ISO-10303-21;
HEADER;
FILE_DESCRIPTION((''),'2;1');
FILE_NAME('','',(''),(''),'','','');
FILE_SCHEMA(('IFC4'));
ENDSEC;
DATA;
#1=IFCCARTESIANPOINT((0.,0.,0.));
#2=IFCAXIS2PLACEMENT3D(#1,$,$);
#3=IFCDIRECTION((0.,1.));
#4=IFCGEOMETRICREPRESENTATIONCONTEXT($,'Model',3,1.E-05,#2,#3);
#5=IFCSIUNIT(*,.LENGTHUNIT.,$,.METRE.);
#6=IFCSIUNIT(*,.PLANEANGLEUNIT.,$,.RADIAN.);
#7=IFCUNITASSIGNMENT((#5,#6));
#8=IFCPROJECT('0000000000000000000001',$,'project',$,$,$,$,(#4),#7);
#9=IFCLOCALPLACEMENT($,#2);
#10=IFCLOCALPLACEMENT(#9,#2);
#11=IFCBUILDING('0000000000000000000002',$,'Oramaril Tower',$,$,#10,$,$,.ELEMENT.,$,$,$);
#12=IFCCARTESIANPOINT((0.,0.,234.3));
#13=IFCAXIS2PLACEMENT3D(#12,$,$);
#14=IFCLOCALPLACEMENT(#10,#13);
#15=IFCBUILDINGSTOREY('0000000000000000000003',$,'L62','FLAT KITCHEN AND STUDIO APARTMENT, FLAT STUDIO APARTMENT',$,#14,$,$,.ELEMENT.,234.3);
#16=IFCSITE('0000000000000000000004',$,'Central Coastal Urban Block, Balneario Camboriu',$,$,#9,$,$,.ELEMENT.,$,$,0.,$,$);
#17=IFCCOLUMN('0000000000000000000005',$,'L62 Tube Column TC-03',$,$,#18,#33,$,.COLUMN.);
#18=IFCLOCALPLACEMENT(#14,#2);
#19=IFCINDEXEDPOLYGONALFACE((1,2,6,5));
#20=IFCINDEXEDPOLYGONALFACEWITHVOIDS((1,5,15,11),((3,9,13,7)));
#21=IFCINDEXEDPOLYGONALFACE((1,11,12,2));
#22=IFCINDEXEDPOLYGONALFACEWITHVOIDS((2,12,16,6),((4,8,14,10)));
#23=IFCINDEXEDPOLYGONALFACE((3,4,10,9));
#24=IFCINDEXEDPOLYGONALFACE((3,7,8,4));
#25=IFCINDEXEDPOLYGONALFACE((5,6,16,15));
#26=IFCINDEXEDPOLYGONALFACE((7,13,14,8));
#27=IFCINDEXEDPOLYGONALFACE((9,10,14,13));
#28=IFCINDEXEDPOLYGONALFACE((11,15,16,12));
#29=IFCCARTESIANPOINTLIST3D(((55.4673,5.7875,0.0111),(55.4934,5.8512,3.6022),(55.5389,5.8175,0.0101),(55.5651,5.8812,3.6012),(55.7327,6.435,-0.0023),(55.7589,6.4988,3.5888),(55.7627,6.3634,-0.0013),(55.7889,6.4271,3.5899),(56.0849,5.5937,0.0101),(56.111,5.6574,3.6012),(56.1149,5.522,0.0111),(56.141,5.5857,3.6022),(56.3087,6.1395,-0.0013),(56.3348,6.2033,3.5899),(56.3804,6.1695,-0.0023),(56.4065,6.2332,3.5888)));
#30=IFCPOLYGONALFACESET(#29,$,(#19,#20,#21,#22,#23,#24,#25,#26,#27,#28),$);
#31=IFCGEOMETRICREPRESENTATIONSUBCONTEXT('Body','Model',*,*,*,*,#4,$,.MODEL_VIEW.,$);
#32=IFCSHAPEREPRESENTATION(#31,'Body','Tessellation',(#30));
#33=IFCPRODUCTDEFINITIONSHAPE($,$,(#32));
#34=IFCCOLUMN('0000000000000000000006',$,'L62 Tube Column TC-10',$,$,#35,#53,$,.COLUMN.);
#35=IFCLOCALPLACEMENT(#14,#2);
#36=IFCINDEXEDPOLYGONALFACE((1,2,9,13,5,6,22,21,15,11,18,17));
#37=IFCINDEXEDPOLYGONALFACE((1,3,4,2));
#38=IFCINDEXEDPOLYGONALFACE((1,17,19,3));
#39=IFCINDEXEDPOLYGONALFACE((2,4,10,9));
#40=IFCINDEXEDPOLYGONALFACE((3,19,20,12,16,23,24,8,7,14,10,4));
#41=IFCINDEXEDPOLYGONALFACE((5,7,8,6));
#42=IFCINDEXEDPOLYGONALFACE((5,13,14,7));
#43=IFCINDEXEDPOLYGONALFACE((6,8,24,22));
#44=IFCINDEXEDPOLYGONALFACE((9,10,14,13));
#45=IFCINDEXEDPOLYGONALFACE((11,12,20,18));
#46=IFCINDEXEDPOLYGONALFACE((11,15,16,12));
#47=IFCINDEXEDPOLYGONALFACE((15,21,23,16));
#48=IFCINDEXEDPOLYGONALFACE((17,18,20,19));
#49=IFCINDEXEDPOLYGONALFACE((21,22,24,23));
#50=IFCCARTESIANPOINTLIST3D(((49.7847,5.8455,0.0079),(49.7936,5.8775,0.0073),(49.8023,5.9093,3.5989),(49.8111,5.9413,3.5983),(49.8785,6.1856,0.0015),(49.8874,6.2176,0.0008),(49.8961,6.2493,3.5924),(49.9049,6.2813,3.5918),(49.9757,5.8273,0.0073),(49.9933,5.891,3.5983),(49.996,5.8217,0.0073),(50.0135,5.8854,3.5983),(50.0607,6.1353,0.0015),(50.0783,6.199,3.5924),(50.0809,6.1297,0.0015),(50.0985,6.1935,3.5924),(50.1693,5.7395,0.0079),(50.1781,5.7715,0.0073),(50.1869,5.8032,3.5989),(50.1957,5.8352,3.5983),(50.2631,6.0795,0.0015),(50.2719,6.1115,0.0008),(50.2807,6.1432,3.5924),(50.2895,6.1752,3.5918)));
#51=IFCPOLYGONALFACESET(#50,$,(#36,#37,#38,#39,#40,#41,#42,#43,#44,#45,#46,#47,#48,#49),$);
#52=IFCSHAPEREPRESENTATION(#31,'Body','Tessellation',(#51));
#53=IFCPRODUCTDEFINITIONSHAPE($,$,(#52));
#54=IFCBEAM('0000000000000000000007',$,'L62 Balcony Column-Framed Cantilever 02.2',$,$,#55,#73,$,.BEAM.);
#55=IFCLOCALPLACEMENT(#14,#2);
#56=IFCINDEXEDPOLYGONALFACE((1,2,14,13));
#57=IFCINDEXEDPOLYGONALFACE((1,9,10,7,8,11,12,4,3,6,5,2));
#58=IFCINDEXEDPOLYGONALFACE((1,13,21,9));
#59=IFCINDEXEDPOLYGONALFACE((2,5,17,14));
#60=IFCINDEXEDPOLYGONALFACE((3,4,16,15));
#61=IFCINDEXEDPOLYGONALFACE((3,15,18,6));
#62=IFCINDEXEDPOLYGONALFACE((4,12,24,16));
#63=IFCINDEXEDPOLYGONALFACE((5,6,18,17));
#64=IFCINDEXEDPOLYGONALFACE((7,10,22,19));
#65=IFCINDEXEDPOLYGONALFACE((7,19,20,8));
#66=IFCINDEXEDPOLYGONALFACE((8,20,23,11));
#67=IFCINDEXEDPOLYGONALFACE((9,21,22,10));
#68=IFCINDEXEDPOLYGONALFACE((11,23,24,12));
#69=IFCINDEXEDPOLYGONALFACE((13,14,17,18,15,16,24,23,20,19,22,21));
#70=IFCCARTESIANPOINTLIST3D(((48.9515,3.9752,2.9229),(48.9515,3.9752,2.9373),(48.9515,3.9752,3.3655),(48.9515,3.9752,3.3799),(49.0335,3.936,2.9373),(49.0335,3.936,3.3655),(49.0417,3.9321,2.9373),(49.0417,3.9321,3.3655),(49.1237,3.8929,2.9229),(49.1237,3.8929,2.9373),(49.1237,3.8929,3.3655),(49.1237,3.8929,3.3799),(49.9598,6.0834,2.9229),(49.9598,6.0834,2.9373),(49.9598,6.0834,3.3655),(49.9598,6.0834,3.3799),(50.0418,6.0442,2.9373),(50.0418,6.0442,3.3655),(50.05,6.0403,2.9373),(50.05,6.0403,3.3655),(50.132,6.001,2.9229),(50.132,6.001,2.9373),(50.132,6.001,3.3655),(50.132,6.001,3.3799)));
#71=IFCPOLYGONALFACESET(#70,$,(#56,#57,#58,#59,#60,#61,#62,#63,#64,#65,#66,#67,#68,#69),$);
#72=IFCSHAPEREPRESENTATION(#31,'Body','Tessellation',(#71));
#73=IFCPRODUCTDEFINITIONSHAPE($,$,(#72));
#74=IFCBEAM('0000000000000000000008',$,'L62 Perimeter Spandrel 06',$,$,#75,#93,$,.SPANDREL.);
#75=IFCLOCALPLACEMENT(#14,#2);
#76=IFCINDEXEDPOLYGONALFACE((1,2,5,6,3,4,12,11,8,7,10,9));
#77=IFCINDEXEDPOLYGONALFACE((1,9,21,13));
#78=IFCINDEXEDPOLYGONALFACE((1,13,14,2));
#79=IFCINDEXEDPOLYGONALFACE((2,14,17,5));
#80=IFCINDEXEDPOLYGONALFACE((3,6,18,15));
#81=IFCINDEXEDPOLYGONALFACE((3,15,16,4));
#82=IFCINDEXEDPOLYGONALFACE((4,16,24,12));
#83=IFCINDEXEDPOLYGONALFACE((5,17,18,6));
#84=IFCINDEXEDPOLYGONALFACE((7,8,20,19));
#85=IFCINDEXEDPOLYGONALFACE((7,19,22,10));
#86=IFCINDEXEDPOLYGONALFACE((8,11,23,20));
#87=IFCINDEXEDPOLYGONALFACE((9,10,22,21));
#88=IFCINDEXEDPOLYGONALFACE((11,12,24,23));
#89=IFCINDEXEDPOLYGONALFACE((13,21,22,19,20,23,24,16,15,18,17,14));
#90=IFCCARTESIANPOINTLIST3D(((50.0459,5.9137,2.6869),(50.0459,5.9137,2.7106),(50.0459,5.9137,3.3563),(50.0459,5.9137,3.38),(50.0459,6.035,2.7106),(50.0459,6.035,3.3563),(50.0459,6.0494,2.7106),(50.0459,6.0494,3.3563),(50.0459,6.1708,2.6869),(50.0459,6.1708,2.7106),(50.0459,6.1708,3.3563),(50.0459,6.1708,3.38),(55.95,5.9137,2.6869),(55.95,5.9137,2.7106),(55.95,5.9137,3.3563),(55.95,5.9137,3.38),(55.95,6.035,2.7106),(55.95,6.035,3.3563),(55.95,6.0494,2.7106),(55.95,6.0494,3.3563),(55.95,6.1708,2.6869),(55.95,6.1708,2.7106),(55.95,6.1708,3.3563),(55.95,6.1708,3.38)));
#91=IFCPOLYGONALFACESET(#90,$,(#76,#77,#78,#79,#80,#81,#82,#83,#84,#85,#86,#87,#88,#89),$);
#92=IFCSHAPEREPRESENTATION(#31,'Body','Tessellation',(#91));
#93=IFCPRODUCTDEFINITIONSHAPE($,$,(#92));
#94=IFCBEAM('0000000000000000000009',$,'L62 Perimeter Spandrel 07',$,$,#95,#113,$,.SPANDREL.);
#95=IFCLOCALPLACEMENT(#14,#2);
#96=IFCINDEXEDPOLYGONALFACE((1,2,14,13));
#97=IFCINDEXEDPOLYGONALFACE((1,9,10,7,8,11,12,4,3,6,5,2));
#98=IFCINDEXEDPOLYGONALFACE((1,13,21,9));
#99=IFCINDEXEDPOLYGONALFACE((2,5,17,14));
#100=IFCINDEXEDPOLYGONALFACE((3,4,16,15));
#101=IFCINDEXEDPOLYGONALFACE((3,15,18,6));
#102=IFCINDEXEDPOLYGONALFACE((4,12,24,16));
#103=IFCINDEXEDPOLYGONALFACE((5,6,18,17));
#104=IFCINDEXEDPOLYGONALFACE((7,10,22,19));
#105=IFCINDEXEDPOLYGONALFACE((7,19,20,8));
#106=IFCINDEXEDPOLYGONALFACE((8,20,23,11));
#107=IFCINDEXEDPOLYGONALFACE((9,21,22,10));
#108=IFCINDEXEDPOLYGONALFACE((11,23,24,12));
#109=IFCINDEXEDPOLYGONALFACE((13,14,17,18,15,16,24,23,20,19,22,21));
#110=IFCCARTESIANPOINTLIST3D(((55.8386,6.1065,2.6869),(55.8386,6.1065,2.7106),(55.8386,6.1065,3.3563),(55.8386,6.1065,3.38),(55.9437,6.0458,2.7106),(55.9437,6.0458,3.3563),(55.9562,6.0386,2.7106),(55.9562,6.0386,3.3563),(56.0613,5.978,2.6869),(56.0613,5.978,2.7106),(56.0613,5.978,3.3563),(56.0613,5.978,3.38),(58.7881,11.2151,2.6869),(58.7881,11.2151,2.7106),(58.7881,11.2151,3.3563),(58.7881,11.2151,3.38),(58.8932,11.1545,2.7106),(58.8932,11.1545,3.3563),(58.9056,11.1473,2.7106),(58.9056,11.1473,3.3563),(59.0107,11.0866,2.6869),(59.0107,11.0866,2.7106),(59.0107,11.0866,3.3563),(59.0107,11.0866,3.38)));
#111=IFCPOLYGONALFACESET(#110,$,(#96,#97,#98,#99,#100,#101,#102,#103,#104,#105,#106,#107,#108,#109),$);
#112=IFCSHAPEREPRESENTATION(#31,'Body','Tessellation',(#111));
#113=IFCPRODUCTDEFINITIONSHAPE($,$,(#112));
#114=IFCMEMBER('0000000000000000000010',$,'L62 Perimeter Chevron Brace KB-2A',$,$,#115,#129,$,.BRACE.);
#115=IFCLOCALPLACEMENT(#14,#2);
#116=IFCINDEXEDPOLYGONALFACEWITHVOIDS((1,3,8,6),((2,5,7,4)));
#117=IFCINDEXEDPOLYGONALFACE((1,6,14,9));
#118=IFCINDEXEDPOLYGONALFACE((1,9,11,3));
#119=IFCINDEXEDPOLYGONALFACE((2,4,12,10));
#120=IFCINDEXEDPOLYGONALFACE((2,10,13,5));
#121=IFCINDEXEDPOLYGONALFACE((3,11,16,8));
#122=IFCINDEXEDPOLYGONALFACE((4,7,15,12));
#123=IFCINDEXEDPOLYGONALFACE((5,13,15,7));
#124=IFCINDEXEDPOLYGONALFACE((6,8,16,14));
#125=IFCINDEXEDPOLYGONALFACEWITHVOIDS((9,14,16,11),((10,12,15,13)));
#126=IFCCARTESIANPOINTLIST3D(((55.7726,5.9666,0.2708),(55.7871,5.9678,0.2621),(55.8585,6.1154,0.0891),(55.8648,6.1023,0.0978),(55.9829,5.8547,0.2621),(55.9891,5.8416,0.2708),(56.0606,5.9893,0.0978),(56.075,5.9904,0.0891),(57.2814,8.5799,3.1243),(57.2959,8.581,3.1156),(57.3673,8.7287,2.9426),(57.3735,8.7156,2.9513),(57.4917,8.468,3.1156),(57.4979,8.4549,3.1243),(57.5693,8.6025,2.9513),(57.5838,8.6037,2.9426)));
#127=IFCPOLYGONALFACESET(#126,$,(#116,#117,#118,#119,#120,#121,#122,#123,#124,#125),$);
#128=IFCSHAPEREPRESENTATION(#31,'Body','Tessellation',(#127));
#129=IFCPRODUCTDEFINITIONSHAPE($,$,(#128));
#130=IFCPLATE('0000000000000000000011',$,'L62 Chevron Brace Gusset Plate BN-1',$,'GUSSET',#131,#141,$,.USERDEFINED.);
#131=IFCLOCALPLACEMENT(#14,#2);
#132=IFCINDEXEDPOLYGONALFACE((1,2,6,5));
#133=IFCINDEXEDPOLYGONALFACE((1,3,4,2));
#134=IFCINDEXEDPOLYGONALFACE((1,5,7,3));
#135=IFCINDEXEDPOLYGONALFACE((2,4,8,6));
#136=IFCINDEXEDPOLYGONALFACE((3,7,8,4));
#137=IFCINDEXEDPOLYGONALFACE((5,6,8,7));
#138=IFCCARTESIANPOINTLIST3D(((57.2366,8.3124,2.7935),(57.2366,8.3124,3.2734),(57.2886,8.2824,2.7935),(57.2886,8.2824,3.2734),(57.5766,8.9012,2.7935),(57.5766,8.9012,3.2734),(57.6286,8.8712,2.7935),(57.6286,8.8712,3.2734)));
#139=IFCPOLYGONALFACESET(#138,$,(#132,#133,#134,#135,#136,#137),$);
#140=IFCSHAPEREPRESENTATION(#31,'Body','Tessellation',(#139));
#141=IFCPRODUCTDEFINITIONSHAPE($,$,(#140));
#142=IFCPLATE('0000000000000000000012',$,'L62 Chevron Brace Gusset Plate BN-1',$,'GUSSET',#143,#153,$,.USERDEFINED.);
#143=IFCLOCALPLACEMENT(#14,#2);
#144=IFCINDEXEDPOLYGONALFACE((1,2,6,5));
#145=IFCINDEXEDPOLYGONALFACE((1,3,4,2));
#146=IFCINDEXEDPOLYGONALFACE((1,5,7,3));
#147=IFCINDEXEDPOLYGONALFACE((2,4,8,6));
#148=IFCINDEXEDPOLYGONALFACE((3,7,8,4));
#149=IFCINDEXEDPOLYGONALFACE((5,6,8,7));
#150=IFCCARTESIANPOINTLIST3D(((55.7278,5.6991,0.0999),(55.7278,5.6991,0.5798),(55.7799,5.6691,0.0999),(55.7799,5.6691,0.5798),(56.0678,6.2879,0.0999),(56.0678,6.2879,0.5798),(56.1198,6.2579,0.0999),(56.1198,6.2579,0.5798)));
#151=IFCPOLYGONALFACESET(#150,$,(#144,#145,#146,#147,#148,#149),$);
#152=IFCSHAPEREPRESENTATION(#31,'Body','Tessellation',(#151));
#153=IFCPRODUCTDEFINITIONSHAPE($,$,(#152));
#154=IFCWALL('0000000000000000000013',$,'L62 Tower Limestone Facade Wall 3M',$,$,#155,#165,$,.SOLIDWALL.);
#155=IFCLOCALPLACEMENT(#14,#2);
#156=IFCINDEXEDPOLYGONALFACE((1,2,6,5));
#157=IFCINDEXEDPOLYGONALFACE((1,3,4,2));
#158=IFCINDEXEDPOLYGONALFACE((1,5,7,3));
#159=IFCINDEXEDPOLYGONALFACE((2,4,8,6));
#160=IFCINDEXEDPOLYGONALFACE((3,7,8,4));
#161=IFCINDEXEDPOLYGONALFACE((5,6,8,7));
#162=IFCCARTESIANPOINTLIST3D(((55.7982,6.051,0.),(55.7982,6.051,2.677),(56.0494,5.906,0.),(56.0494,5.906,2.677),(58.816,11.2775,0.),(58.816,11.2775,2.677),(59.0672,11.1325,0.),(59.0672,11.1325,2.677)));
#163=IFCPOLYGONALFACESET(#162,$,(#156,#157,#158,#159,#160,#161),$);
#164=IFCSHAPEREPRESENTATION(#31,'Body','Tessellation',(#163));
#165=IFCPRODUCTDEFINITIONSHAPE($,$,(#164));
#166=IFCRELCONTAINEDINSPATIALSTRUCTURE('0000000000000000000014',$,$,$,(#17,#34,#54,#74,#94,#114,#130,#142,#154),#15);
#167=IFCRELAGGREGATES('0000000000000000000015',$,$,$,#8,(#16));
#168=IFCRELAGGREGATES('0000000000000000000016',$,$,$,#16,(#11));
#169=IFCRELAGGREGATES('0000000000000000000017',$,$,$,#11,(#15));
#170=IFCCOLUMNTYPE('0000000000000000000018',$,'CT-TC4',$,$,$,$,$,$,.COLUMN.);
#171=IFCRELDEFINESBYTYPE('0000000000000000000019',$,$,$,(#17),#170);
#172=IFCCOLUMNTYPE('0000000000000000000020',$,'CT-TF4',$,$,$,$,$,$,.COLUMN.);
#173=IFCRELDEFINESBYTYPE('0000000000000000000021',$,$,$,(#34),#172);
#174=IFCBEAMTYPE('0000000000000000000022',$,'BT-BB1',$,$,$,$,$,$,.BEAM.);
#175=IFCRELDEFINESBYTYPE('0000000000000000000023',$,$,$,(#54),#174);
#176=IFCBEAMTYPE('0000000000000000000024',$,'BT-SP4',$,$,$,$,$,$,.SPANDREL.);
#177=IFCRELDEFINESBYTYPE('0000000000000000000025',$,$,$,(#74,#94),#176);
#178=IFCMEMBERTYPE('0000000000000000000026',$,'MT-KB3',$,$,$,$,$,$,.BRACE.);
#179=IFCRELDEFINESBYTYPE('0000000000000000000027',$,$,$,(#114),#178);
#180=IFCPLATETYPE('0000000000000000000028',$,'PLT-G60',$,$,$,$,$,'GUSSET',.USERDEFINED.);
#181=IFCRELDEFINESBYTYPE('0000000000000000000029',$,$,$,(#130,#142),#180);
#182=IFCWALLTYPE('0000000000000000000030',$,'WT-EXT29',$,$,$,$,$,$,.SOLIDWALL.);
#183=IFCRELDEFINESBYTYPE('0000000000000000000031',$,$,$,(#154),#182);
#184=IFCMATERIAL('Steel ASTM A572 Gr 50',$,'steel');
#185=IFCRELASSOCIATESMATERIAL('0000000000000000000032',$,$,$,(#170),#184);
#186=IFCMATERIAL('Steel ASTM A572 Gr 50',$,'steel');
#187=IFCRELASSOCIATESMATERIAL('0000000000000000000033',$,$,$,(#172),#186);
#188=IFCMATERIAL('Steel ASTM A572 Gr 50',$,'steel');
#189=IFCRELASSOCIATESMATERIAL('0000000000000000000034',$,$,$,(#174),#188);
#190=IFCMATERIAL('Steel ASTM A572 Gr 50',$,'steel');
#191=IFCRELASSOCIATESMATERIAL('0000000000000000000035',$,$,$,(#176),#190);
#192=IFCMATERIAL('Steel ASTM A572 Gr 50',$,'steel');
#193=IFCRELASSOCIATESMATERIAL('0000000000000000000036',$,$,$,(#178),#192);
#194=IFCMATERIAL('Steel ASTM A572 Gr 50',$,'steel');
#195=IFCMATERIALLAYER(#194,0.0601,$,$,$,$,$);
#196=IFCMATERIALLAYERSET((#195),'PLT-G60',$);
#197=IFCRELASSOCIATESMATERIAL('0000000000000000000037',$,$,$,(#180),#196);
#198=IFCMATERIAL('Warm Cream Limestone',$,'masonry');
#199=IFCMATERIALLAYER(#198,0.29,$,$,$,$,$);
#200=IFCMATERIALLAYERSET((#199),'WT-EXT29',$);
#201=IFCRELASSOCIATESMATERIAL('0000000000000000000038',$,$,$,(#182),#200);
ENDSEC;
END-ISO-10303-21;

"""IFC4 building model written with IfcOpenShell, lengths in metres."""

from ifc_helpers import new_model, si_unit, direction, frame, frame_2d, origin, origin_2d, place, context, subcontext, project, spatial, rectangle, hollow_rectangle, i_section, extrude, material, layer, layer_set, material_profile, profile_set, type_object, element, save


model = new_model("IFC4")

# Units and contexts
model_context = context("Model", 3, precision=1e-05, world=origin(), true_north=direction((0.0, 1.0)))
body_context = subcontext(model_context, "Body", "Model", "MODEL_VIEW")
ifc_project = project(units=[si_unit("LENGTHUNIT", "METRE"), si_unit("PLANEANGLEUNIT", "RADIAN")], contexts=[model_context])

# Site, building, storey
site_placement = place(None, origin())
site = spatial("IfcSite", under=ifc_project, at=site_placement, Name="Central Coastal Urban Block, Balneario Camboriu", CompositionType="ELEMENT", RefElevation=0.0)
building_placement = place(site_placement, origin())
building = spatial("IfcBuilding", under=site, at=building_placement, Name="Oramaril Tower", CompositionType="ELEMENT")
storey_placement = place(building_placement, frame((0.0, 0.0, 234.3)))
storey = spatial("IfcBuildingStorey", under=building, at=storey_placement, Name="L62", Description="FLAT KITCHEN AND STUDIO APARTMENT, FLAT STUDIO APARTMENT", CompositionType="ELEMENT", Elevation=234.3)

# Columns
ifc_material_1 = material(Name="Steel ASTM A572 Gr 50", Category="steel")
ifc_material_profile_1 = material_profile(ifc_material_1, hollow_rectangle(XDim=0.7, YDim=0.7, WallThickness=0.0549, at=origin_2d()), Name="BOX700X700X55")
ifc_profile_set_1 = profile_set([ifc_material_profile_1], Name="Steel ASTM A572 Gr 50")
column_type_1 = type_object("IfcColumnType", Name="CT-TC4", PredefinedType="COLUMN", material=ifc_profile_set_1)
column_1_placement = place(storey_placement, frame((55.9238, 5.9785, 0.0044), z_axis=(0.007273, 0.017741, 0.999816), x_axis=(-0.925264, 0.379323, 0.0)))
element("IfcColumn", 1, at=column_1_placement, inside=storey, type_object=column_type_1, Name="L62 Tube Column TC-03", PredefinedType="COLUMN", context=body_context, shape_type="SweptSolid", body=[
    extrude(hollow_rectangle(XDim=0.7, YDim=0.7, WallThickness=0.0549, at=origin_2d()), origin(), (0.0, 0.0, 1.0), 3.5918),
])
ifc_material_2 = material(Name="Steel ASTM A572 Gr 50", Category="steel")
ifc_material_profile_2 = material_profile(ifc_material_2, i_section(OverallWidth=0.3989, OverallDepth=0.386, WebThickness=0.021, FlangeThickness=0.0332, at=origin_2d()), Name="W14X176")
ifc_profile_set_2 = profile_set([ifc_material_profile_2], Name="Steel ASTM A572 Gr 50")
column_type_2 = type_object("IfcColumnType", Name="CT-TF4", PredefinedType="COLUMN", material=ifc_profile_set_2)
column_2_placement = place(storey_placement, frame((50.0283, 5.9785, 0.0044), z_axis=(0.004894, 0.017741, 0.999831), x_axis=(-0.963993, 0.265929, 0.0)))
element("IfcColumn", 2, at=column_2_placement, inside=storey, type_object=column_type_2, Name="L62 Tube Column TC-10", PredefinedType="COLUMN", context=body_context, shape_type="SweptSolid", body=[
    extrude(i_section(OverallWidth=0.3989, OverallDepth=0.386, WebThickness=0.021, FlangeThickness=0.0332, at=origin_2d()), origin(), (0.0, 0.0, 1.0), 3.5916),
])

# Beams
ifc_material_3 = material(Name="Steel ASTM A572 Gr 50", Category="steel")
ifc_material_profile_3 = material_profile(ifc_material_3, i_section(OverallWidth=0.1909, OverallDepth=0.457, WebThickness=0.009, FlangeThickness=0.0144, at=origin_2d()), Name="W18X50")
ifc_profile_set_3 = profile_set([ifc_material_profile_3], Name="Steel ASTM A572 Gr 50")
beam_type_1 = type_object("IfcBeamType", Name="BT-BB1", PredefinedType="BEAM", material=ifc_profile_set_3)
beam_1_placement = place(storey_placement, frame((50.0459, 6.0422, 3.1514), z_axis=(-0.431474, -0.902125, 0.0), x_axis=(0.902125, -0.431474, 0.0)))
element("IfcBeam", 3, at=beam_1_placement, inside=storey, type_object=beam_type_1, Name="L62 Balcony Column-Framed Cantilever 02.2", PredefinedType="BEAM", context=body_context, shape_type="SweptSolid", body=[
    extrude(i_section(OverallWidth=0.1909, OverallDepth=0.457, WebThickness=0.009, FlangeThickness=0.0144, at=origin_2d()), origin(), (0.0, 0.0, 1.0), 2.3369),
])
ifc_material_4 = material(Name="Steel ASTM A572 Gr 50", Category="steel")
ifc_material_profile_4 = material_profile(ifc_material_4, i_section(OverallWidth=0.2571, OverallDepth=0.6931, WebThickness=0.0144, FlangeThickness=0.0237, at=origin_2d()), Name="W27X114")
ifc_profile_set_4 = profile_set([ifc_material_profile_4], Name="Steel ASTM A572 Gr 50")
beam_type_2 = type_object("IfcBeamType", Name="BT-SP4", PredefinedType="SPANDREL", material=ifc_profile_set_4)
beam_2_placement = place(storey_placement, frame((50.0459, 6.0422, 3.0334), z_axis=(1.0, 0.0, 0.0), x_axis=(0.0, 1.0, 0.0)))
element("IfcBeam", 4, at=beam_2_placement, inside=storey, type_object=beam_type_2, Name="L62 Perimeter Spandrel 06", PredefinedType="SPANDREL", context=body_context, shape_type="SweptSolid", body=[
    extrude(i_section(OverallWidth=0.2571, OverallDepth=0.6931, WebThickness=0.0144, FlangeThickness=0.0237, at=origin_2d()), origin(), (0.0, 0.0, 1.0), 5.9041),
])
beam_3_placement = place(storey_placement, frame((55.95, 6.0422, 3.0334), z_axis=(0.499998, 0.866026, 0.0), x_axis=(-0.866026, 0.499998, 0.0)))
element("IfcBeam", 5, at=beam_3_placement, inside=storey, type_object=beam_type_2, Name="L62 Perimeter Spandrel 07", PredefinedType="SPANDREL", context=body_context, shape_type="SweptSolid", body=[
    extrude(i_section(OverallWidth=0.2571, OverallDepth=0.6931, WebThickness=0.0144, FlangeThickness=0.0237, at=origin_2d()), origin(), (0.0, 0.0, 1.0), 5.8989),
])

# Member
ifc_material_5 = material(Name="Steel ASTM A572 Gr 50", Category="steel")
ifc_material_profile_5 = material_profile(ifc_material_5, hollow_rectangle(XDim=0.25, YDim=0.25, WallThickness=0.012, at=origin_2d()), Name="HSS250X250X12")
ifc_profile_set_5 = profile_set([ifc_material_profile_5], Name="Steel ASTM A572 Gr 50")
member_type = type_object("IfcMemberType", Name="MT-KB3", PredefinedType="BRACE", material=ifc_profile_set_5)
member_placement = place(storey_placement, frame((55.9238, 5.9785, 0.1799), z_axis=(0.363292, 0.629236, 0.687081), x_axis=(-0.866024, 0.500003, 0.0)))
element("IfcMember", 6, at=member_placement, inside=storey, type_object=member_type, Name="L62 Perimeter Chevron Brace KB-2A", PredefinedType="BRACE", context=body_context, shape_type="SweptSolid", body=[
    extrude(hollow_rectangle(XDim=0.25, YDim=0.25, WallThickness=0.012, at=origin_2d()), origin(), (0.0, 0.0, 1.0), 4.1531),
])

# Plates
ifc_material_6 = material(Name="Steel ASTM A572 Gr 50", Category="steel")
ifc_layer_1 = layer(ifc_material_6, 0.0601)
ifc_layer_set_1 = layer_set([ifc_layer_1], Name="PLT-G60")
plate_type = type_object("IfcPlateType", Name="PLT-G60", ElementType="GUSSET", PredefinedType="USERDEFINED", material=ifc_layer_set_1)
for number, where, z_axis, x_axis, name in (
    (7, (57.4326, 8.5918, 2.7935), (0.0, 0.0, 1.0), (0.5, 0.866025, 0.0), "L62 Chevron Brace Gusset Plate BN-1"),
    (8, (55.9238, 5.9785, 0.0999), (0.0, 0.0, 1.0), (0.5, 0.866025, 0.0), "L62 Chevron Brace Gusset Plate BN-1"),
):
    element("IfcPlate", number, at=place(storey_placement, frame(where, z_axis=z_axis, x_axis=x_axis)), inside=storey, type_object=plate_type, Name=name, ObjectType="GUSSET", PredefinedType="USERDEFINED", context=body_context, shape_type="SweptSolid", body=[
        extrude(rectangle(XDim=0.6799, YDim=0.0601, at=origin_2d()), origin(), (0.0, 0.0, 1.0), 0.48),
    ])

# Wall
ifc_material_7 = material(Name="Warm Cream Limestone", Category="masonry")
ifc_layer_2 = layer(ifc_material_7, 0.29)
ifc_layer_set_2 = layer_set([ifc_layer_2], Name="WT-EXT29")
wall_type_1 = type_object("IfcWallType", Name="WT-EXT29", PredefinedType="SOLIDWALL", material=ifc_layer_set_2)
wall_1_placement = place(storey_placement, frame((55.9238, 5.9785, 0.0), z_axis=(0.0, 0.0, 1.0), x_axis=(0.500033, 0.866006, 0.0)))
element("IfcWall", 9, at=wall_1_placement, inside=storey, type_object=wall_type_1, Name="L62 Tower Limestone Facade Wall 3M", PredefinedType="SOLIDWALL", context=body_context, shape_type="SweptSolid", body=[
    extrude(rectangle(XDim=6.0352, YDim=0.29, at=frame_2d((3.0176, 0.0))), origin(), (0.0, 0.0, 1.0), 2.677),
])

save(model, "model.ifc")
